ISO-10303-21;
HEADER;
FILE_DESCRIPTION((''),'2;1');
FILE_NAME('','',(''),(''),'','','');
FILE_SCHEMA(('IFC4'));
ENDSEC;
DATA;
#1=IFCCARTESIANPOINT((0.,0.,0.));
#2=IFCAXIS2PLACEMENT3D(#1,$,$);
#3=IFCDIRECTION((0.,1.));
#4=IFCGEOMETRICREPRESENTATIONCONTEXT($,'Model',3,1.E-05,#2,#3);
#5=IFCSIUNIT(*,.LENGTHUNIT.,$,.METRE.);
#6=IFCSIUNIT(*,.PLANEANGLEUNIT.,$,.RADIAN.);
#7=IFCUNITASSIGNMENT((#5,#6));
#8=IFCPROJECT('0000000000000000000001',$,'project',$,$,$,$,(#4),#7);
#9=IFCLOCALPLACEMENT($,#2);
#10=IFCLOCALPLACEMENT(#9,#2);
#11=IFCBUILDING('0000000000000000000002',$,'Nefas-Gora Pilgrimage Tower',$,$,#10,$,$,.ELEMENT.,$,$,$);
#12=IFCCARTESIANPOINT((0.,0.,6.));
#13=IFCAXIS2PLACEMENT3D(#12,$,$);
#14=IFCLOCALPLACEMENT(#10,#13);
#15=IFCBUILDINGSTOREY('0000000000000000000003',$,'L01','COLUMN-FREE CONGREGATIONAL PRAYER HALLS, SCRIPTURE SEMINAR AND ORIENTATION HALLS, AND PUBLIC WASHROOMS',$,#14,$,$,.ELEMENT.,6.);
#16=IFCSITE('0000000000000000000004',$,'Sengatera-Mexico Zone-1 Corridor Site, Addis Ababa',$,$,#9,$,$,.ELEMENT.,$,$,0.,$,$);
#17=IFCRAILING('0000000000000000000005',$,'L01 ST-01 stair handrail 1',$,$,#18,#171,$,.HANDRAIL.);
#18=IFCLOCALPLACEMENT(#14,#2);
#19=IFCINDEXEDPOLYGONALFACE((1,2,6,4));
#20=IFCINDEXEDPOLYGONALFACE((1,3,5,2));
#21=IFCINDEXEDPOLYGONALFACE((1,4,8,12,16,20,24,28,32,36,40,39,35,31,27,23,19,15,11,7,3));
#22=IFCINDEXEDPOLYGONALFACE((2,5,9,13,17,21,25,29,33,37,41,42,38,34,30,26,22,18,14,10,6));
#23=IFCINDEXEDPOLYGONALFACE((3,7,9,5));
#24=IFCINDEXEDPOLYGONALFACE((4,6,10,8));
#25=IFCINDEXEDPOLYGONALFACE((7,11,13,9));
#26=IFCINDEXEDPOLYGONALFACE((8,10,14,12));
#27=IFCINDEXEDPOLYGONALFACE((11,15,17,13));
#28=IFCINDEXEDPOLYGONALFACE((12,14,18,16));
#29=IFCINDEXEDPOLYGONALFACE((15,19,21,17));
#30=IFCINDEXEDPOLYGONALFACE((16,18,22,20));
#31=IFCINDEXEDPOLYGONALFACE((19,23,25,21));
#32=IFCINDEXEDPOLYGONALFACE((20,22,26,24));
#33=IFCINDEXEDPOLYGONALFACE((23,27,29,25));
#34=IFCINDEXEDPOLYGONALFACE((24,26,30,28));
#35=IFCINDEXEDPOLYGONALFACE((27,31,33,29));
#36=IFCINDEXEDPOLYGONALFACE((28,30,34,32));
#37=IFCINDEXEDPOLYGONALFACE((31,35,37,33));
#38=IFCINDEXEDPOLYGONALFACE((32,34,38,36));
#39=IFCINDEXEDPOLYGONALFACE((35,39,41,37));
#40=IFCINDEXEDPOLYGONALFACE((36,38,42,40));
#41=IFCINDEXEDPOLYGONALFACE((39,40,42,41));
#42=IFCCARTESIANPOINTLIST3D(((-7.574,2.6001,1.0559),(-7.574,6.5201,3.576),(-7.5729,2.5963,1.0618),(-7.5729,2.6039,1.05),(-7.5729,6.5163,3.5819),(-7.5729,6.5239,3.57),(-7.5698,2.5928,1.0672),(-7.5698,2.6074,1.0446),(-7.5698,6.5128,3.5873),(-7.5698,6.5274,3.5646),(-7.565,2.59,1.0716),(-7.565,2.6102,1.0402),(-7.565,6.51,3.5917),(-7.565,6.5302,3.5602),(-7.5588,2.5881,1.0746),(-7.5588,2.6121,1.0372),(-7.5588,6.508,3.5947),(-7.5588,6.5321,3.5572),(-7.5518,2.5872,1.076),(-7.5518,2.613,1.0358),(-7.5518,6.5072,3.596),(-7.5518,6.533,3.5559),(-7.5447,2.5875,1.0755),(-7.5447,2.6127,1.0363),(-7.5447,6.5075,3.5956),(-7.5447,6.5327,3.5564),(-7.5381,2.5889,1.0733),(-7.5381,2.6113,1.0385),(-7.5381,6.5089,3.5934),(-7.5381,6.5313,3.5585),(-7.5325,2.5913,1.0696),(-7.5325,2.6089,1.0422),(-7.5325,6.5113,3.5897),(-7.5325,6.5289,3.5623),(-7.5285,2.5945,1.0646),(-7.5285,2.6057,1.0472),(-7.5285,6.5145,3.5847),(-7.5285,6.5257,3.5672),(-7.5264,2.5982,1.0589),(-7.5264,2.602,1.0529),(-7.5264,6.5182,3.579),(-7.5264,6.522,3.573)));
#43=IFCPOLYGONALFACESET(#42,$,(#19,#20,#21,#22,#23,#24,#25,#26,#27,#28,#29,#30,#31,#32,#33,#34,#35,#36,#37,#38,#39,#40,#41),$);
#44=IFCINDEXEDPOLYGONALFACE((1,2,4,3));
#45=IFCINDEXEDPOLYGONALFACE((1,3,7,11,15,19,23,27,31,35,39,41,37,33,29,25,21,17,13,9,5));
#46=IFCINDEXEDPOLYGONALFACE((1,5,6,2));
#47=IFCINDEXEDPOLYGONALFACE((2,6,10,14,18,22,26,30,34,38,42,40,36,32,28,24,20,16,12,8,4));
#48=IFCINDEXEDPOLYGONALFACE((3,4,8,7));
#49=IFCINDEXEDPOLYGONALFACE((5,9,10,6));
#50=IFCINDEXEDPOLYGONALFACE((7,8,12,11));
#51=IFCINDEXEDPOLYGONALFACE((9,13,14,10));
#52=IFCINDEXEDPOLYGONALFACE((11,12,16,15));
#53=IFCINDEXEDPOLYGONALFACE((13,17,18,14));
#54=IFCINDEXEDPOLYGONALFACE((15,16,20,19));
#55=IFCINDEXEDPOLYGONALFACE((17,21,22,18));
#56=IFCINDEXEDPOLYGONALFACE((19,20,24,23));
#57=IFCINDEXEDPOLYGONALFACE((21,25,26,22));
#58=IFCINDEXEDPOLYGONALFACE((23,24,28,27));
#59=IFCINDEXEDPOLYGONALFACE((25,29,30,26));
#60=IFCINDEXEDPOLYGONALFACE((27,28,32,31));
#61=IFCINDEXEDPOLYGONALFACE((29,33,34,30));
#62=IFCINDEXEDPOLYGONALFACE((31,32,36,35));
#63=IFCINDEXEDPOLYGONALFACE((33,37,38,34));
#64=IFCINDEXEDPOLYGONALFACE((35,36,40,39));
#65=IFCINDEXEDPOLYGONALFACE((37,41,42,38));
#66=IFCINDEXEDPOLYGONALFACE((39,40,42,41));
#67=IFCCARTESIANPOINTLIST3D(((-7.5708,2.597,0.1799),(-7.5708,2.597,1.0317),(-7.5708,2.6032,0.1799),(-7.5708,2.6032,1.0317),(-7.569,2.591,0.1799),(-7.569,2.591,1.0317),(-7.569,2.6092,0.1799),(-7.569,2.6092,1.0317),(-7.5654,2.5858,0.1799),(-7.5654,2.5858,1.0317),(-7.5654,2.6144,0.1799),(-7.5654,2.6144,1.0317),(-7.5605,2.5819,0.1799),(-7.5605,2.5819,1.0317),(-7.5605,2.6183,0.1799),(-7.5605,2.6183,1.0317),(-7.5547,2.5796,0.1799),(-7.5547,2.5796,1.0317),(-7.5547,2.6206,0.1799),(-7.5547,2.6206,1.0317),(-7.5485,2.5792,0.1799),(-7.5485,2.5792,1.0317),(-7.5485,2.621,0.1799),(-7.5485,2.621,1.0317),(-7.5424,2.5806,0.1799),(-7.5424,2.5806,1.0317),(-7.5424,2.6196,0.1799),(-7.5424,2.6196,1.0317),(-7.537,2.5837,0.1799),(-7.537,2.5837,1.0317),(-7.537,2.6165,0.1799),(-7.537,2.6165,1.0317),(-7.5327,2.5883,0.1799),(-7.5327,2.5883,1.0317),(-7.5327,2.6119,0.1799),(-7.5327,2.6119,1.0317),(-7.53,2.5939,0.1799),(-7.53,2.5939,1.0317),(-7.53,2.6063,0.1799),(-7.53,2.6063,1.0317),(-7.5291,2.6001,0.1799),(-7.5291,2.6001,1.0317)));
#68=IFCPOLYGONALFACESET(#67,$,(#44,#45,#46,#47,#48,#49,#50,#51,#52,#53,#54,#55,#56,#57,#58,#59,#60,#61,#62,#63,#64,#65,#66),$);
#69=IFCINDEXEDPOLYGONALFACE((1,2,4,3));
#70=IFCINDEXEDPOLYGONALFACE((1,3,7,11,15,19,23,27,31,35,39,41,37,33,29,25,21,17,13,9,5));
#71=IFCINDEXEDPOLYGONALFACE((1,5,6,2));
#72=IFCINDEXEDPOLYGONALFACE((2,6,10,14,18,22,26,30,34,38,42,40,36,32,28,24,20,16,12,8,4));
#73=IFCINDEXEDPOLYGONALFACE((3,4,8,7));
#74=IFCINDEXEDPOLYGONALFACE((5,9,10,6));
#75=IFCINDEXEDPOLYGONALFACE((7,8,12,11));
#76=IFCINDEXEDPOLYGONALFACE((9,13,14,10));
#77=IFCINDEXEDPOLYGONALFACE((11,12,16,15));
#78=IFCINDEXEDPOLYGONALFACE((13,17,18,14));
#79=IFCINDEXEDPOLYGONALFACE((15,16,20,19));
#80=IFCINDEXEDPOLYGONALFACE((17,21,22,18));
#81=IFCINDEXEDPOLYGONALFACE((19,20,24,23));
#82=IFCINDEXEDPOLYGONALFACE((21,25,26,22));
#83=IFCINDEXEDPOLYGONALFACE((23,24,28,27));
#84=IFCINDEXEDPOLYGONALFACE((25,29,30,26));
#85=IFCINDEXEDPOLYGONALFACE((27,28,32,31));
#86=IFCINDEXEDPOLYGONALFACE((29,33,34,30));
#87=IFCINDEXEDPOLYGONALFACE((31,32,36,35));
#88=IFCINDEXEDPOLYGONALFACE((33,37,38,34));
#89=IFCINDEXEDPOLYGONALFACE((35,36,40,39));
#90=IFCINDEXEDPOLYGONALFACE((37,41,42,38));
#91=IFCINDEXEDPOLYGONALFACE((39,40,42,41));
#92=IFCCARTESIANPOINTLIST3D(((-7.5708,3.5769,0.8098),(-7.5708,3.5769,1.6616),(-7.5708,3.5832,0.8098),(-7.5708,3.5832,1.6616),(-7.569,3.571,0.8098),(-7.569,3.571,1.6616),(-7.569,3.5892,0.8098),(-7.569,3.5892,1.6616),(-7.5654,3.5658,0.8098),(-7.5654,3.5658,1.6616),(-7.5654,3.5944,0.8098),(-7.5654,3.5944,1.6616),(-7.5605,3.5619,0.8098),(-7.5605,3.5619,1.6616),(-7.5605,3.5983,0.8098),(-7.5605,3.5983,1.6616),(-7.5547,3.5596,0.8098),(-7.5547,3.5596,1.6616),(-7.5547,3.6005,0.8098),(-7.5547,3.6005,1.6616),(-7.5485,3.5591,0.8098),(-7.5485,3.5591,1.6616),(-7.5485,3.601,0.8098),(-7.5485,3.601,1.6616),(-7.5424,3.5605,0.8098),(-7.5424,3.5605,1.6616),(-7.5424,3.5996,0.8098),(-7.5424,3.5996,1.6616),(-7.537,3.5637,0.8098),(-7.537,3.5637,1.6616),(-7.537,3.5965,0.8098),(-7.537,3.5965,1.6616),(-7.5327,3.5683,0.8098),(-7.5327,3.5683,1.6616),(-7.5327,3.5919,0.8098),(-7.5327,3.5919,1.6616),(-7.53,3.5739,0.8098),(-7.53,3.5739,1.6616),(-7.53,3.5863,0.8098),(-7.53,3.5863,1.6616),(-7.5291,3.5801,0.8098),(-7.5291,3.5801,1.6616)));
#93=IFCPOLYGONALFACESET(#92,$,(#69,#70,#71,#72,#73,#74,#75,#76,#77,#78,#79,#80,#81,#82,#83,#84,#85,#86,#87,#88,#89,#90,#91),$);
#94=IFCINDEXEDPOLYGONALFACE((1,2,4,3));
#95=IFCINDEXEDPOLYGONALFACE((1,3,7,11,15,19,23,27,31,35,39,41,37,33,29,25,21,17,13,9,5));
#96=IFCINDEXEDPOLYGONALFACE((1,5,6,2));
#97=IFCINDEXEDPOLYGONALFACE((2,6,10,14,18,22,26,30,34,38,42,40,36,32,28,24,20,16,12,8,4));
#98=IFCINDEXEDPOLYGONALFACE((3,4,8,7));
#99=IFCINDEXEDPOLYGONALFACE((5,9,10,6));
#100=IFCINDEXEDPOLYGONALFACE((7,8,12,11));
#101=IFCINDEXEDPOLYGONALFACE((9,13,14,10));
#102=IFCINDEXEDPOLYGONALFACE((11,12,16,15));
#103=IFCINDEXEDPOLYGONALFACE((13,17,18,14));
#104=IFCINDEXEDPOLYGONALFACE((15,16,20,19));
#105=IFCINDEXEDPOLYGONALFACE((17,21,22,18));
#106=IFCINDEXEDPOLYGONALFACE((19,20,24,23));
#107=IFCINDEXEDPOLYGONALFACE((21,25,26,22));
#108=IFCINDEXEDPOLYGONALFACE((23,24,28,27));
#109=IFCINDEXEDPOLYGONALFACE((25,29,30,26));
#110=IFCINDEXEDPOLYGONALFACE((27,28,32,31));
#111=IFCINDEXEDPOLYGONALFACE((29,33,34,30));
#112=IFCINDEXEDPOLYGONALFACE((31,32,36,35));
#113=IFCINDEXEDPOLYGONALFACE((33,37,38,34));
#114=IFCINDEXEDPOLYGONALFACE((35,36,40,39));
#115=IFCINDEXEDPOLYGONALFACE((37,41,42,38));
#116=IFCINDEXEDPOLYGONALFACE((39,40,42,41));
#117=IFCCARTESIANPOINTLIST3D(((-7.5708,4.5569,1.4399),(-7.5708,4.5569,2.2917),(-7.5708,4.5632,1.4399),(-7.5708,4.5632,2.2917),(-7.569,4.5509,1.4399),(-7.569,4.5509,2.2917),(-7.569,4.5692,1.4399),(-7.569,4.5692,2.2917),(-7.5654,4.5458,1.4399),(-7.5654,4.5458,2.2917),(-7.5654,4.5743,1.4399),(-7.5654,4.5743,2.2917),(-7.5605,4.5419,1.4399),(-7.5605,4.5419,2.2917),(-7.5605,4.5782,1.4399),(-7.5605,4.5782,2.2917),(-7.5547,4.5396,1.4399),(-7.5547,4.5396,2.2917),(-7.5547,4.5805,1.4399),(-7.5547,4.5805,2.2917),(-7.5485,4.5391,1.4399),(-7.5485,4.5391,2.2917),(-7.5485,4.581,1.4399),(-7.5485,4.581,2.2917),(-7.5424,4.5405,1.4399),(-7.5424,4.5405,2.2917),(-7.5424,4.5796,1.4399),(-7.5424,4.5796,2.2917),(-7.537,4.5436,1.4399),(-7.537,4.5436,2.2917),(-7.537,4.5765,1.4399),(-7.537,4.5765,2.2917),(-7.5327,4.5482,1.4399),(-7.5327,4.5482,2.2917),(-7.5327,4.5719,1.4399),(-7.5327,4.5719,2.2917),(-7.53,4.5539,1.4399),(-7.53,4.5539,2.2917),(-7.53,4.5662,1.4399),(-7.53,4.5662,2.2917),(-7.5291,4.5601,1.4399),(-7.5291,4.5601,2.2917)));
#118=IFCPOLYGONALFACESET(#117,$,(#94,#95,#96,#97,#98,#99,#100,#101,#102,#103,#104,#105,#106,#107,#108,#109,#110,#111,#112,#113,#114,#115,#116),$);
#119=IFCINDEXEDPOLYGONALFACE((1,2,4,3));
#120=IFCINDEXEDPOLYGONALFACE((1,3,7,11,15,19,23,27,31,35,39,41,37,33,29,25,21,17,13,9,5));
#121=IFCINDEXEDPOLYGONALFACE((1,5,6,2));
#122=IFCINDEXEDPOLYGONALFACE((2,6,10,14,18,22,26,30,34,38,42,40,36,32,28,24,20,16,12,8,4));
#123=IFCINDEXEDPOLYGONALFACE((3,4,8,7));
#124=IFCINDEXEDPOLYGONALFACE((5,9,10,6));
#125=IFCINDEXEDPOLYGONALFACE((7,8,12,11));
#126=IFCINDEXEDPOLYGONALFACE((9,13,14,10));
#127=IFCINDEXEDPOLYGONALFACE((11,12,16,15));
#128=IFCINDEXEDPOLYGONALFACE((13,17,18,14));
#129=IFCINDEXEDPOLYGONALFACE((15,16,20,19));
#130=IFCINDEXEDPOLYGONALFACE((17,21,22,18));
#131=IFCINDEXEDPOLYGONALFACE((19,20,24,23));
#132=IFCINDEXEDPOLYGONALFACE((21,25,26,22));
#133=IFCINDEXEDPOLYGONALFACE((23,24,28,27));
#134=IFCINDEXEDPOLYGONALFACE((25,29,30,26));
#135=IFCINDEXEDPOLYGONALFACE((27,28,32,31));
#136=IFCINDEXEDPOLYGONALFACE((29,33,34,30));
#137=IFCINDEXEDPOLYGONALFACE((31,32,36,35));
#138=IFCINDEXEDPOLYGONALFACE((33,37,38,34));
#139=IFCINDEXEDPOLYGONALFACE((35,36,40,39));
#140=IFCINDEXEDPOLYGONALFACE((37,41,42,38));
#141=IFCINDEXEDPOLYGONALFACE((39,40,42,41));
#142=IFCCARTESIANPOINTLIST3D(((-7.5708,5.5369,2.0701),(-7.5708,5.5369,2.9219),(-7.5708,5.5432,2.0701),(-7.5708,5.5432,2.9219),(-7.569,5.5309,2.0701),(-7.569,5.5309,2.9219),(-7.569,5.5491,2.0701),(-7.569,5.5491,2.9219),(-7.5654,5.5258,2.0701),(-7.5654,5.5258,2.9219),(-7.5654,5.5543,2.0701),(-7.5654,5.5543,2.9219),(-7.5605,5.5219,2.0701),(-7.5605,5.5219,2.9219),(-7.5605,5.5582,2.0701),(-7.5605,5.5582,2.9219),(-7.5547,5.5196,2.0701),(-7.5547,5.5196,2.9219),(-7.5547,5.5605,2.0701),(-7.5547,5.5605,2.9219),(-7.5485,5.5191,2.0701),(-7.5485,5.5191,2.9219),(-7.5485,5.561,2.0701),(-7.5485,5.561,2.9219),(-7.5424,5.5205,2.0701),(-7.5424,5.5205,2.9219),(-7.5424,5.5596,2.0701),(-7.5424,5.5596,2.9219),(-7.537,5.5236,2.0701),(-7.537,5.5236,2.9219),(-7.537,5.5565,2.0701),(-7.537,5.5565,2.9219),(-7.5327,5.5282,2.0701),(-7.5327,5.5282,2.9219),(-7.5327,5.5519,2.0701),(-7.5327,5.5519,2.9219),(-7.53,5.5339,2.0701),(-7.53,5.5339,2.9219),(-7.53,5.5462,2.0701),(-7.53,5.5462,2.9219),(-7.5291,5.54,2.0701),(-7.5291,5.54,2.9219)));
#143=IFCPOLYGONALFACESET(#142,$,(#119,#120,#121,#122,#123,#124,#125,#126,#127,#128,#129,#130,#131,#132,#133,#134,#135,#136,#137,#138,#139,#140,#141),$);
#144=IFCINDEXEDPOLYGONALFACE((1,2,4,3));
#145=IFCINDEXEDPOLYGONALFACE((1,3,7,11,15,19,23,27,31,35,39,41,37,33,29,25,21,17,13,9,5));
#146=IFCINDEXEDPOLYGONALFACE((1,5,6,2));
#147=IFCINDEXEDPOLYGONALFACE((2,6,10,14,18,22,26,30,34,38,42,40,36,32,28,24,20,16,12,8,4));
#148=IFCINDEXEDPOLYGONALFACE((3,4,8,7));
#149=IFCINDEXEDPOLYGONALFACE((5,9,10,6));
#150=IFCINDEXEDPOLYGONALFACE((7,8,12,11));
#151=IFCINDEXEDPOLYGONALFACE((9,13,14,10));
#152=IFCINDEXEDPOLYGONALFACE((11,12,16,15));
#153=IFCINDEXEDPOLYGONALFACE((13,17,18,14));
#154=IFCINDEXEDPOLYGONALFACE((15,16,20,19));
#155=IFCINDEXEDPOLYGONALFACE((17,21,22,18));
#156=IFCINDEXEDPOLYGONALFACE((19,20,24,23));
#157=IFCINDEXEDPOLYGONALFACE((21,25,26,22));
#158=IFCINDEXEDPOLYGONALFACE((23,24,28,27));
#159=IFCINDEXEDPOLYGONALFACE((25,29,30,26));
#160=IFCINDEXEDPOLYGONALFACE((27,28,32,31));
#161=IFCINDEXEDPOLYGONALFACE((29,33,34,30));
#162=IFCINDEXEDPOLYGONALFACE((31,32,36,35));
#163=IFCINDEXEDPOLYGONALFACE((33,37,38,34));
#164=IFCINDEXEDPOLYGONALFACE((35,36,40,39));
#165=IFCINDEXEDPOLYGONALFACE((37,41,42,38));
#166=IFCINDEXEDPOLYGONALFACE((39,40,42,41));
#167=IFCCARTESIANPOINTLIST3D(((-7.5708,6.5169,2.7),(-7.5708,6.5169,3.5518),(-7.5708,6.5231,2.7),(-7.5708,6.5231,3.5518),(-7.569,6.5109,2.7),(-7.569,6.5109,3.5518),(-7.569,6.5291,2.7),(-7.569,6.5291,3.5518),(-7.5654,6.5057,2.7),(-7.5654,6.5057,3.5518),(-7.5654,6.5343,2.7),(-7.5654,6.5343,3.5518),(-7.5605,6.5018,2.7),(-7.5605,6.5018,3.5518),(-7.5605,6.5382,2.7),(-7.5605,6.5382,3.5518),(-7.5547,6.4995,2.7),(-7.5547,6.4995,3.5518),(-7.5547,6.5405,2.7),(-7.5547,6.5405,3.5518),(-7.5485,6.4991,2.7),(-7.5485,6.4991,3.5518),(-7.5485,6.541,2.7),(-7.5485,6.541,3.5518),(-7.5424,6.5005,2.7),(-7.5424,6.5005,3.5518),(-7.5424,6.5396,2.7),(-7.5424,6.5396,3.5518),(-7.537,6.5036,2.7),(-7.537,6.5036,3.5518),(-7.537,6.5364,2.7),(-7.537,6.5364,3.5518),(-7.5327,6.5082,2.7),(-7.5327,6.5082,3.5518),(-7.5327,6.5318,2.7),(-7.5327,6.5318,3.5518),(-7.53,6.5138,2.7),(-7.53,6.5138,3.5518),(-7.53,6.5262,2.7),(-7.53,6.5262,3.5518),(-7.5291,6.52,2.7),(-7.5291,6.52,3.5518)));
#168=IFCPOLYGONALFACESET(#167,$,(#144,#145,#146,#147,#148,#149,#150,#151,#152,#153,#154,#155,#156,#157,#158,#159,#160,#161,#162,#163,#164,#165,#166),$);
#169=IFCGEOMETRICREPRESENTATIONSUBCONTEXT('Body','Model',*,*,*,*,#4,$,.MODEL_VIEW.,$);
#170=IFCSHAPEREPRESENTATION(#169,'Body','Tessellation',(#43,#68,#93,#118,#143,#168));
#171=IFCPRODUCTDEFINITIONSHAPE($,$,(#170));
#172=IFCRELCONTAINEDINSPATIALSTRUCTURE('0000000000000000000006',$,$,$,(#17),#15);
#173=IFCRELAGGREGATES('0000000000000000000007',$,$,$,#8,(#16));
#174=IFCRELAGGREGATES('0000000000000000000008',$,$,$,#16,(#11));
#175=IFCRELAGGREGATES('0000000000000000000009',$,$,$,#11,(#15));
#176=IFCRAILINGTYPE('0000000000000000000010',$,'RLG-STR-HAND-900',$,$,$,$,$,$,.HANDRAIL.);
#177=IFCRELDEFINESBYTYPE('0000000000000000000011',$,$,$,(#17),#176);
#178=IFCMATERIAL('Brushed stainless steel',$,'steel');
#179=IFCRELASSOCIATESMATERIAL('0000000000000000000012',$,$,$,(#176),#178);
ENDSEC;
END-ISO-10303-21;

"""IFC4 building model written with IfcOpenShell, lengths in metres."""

from ifc_helpers import new_model, si_unit, direction, frame, origin, origin_2d, place, context, subcontext, project, spatial, circle, extrude, material, type_object, element, save


model = new_model("IFC4")

# Units and contexts
model_context = context("Model", 3, precision=1e-05, world=origin(), true_north=direction((0.0, 1.0)))
body_context = subcontext(model_context, "Body", "Model", "MODEL_VIEW")
ifc_project = project(units=[si_unit("LENGTHUNIT", "METRE"), si_unit("PLANEANGLEUNIT", "RADIAN")], contexts=[model_context])

# Site, building, storey
site_placement = place(None, origin())
site = spatial("IfcSite", under=ifc_project, at=site_placement, Name="Sengatera-Mexico Zone-1 Corridor Site, Addis Ababa", CompositionType="ELEMENT", RefElevation=0.0)
building_placement = place(site_placement, origin())
building = spatial("IfcBuilding", under=site, at=building_placement, Name="Nefas-Gora Pilgrimage Tower", CompositionType="ELEMENT")
storey_placement = place(building_placement, frame((0.0, 0.0, 6.0)))
storey = spatial("IfcBuildingStorey", under=building, at=storey_placement, Name="L01", Description="COLUMN-FREE CONGREGATIONAL PRAYER HALLS, SCRIPTURE SEMINAR AND ORIENTATION HALLS, AND PUBLIC WASHROOMS", CompositionType="ELEMENT", Elevation=6.0)

# Railing
ifc_material_1 = material(Name="Brushed stainless steel", Category="steel")
railing_type_1 = type_object("IfcRailingType", Name="RLG-STR-HAND-900", PredefinedType="HANDRAIL", material=ifc_material_1)
railing_1_placement = place(storey_placement, frame((-7.55, 2.6001, 0.1799)))
element("IfcRailing", 1, at=railing_1_placement, inside=storey, type_object=railing_type_1, Name="L01 ST-01 stair handrail 1", PredefinedType="HANDRAIL", context=body_context, shape_type="SweptSolid", body=[
    extrude(circle(Radius=0.0239, at=origin_2d()), frame((0.0, 0.0, 0.876), z_axis=(0.0, 0.841172, 0.540768), x_axis=(-1.0, 0.0, 0.0)), (0.0, 0.0, 1.0), 4.6602),
    extrude(circle(Radius=0.021, at=origin_2d()), origin(), (0.0, 0.0, 1.0), 0.8518),
    extrude(circle(Radius=0.021, at=origin_2d()), frame((0.0, 0.98, 0.6299)), (0.0, 0.0, 1.0), 0.8518),
    extrude(circle(Radius=0.021, at=origin_2d()), frame((0.0, 1.96, 1.26)), (0.0, 0.0, 1.0), 0.8518),
    extrude(circle(Radius=0.021, at=origin_2d()), frame((0.0, 2.9399, 1.8901)), (0.0, 0.0, 1.0), 0.8518),
    extrude(circle(Radius=0.021, at=origin_2d()), frame((0.0, 3.9199, 2.52)), (0.0, 0.0, 1.0), 0.8518),
])

save(model, "model.ifc")
